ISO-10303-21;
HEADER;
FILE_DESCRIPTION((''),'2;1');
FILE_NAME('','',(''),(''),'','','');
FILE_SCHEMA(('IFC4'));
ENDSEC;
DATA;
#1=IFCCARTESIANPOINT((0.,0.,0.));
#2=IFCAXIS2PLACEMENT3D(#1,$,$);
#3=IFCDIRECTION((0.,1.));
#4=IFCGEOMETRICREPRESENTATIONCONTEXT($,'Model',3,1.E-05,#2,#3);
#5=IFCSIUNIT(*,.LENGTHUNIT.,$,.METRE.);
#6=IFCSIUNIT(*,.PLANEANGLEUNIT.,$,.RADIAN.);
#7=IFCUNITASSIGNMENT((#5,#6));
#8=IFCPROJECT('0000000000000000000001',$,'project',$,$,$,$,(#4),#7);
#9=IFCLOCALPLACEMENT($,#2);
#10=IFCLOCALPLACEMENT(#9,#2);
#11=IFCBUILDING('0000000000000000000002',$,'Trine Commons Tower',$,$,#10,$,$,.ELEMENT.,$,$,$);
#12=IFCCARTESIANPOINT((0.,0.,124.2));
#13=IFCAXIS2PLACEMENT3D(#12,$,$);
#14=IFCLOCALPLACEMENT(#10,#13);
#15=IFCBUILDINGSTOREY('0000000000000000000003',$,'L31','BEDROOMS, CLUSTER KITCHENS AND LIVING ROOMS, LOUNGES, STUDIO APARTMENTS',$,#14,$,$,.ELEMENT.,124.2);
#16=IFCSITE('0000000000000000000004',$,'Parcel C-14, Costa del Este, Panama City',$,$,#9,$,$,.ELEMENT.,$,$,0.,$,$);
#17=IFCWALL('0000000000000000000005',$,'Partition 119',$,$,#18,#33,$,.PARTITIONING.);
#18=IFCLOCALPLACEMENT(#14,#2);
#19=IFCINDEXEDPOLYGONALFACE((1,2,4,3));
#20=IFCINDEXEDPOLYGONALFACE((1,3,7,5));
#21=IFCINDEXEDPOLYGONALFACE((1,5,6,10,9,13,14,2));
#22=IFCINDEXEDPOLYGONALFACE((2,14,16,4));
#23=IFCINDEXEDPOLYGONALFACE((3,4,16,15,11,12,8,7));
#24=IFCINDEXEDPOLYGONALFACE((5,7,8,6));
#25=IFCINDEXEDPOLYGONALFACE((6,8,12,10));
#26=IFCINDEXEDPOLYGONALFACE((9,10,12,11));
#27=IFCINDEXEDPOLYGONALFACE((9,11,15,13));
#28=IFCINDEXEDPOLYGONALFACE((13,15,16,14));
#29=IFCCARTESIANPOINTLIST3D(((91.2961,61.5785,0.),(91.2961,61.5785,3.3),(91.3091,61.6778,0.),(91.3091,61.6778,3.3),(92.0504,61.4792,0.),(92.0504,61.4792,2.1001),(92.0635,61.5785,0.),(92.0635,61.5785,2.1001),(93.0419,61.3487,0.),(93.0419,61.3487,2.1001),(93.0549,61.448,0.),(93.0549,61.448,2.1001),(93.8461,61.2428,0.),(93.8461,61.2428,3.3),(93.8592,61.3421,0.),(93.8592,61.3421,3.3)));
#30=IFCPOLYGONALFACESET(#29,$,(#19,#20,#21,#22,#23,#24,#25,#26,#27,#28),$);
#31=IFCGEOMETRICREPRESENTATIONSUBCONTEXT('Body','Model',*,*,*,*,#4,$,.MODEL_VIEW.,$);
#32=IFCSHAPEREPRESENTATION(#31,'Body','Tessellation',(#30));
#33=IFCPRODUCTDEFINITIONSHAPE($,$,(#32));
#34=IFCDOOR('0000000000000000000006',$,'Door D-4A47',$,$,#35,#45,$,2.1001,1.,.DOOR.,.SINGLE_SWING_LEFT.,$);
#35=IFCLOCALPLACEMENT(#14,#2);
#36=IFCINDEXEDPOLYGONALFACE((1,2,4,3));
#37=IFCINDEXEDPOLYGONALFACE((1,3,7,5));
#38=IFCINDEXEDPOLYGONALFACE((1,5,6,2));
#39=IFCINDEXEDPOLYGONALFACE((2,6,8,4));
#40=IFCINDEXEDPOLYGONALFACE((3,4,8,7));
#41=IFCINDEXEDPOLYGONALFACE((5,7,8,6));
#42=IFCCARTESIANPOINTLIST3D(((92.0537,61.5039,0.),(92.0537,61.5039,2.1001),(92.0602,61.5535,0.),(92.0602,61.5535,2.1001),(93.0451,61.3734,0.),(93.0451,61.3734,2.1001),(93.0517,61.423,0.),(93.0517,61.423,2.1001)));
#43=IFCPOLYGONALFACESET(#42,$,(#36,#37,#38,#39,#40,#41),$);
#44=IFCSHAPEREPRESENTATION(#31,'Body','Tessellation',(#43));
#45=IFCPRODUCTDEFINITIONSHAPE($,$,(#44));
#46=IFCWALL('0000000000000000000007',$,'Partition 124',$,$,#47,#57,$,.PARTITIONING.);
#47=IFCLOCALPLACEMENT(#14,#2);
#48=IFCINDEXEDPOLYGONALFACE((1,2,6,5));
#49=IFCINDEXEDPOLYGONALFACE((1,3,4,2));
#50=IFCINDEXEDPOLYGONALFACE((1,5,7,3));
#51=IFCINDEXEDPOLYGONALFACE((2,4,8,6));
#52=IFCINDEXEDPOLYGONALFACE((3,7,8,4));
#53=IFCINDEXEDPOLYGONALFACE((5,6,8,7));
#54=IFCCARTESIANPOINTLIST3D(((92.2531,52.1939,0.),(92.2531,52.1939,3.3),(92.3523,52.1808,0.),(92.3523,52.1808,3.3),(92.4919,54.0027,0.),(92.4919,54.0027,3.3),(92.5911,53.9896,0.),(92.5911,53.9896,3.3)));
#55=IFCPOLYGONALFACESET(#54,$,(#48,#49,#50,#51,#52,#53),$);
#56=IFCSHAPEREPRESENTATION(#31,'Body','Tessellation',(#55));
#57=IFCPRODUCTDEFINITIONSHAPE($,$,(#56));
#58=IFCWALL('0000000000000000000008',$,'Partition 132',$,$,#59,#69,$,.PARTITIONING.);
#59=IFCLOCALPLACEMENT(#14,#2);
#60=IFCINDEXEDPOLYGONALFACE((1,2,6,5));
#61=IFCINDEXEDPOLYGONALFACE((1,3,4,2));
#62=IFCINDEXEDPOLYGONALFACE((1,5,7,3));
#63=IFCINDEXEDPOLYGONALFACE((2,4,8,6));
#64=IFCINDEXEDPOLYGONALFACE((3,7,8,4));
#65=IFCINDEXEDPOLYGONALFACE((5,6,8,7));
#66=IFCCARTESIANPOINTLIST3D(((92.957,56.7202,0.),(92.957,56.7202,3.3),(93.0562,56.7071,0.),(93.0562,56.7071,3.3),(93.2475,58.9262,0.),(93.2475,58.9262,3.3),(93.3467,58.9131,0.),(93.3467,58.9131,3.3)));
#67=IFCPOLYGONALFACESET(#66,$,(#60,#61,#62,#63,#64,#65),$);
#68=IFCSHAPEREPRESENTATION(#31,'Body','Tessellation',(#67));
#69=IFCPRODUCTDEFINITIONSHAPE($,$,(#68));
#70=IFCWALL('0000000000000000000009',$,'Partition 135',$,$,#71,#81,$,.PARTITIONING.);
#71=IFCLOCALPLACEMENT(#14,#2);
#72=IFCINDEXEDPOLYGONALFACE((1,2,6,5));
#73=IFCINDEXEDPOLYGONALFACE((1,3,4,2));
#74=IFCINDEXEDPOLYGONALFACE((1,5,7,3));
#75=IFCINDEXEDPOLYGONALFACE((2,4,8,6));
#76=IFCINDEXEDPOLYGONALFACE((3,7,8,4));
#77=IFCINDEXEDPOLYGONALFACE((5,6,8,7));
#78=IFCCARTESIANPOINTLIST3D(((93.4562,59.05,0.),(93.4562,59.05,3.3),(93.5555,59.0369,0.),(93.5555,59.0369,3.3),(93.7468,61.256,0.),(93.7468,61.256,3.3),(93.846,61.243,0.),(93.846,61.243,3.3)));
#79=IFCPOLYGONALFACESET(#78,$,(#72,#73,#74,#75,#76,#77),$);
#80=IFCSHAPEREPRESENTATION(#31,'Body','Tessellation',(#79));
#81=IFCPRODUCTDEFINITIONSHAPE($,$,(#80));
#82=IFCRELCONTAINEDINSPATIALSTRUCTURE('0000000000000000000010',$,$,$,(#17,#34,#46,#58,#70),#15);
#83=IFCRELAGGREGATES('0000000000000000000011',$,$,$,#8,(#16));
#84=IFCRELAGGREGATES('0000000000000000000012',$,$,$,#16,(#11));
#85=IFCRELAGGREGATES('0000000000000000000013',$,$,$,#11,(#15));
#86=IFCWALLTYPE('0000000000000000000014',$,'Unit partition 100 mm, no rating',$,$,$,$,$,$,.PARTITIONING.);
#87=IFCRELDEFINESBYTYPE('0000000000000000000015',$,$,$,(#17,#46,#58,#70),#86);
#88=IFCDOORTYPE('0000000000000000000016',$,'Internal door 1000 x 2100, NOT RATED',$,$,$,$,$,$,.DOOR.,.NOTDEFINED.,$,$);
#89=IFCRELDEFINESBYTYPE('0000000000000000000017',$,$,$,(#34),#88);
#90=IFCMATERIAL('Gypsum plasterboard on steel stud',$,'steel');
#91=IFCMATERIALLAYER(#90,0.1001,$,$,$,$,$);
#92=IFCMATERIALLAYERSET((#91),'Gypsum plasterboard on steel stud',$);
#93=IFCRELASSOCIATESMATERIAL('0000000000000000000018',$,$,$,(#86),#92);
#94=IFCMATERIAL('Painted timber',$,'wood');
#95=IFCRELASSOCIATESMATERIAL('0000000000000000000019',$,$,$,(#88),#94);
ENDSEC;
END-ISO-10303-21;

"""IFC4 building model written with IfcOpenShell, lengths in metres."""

from ifc_helpers import new_model, si_unit, direction, frame, frame_2d, origin, place, context, subcontext, project, spatial, rectangle, extrude, material, layer, layer_set, type_object, element, fill, save


model = new_model("IFC4")

# Units and contexts
model_context = context("Model", 3, precision=1e-05, world=origin(), true_north=direction((0.0, 1.0)))
body_context = subcontext(model_context, "Body", "Model", "MODEL_VIEW")
ifc_project = project(units=[si_unit("LENGTHUNIT", "METRE"), si_unit("PLANEANGLEUNIT", "RADIAN")], contexts=[model_context])

# Site, building, storey
site_placement = place(None, origin())
site = spatial("IfcSite", under=ifc_project, at=site_placement, Name="Parcel C-14, Costa del Este, Panama City", CompositionType="ELEMENT", RefElevation=0.0)
building_placement = place(site_placement, origin())
building = spatial("IfcBuilding", under=site, at=building_placement, Name="Trine Commons Tower", CompositionType="ELEMENT")
storey_placement = place(building_placement, frame((0.0, 0.0, 124.2)))
storey = spatial("IfcBuildingStorey", under=building, at=storey_placement, Name="L31", Description="BEDROOMS, CLUSTER KITCHENS AND LIVING ROOMS, LOUNGES, STUDIO APARTMENTS", CompositionType="ELEMENT", Elevation=124.2)

# Shared definitions
ifc_material_1 = material(Name="Gypsum plasterboard on steel stud", Category="steel")

# Wall, opening, door
ifc_layer_1 = layer(ifc_material_1, 0.1001)
ifc_layer_set_1 = layer_set([ifc_layer_1], Name="Gypsum plasterboard on steel stud")
wall_type_1 = type_object("IfcWallType", Name="Unit partition 100 mm, no rating", PredefinedType="PARTITIONING", material=ifc_layer_set_1)
ifc_material_2 = material(Name="Painted timber", Category="wood")
door_type_1 = type_object("IfcDoorType", Name="Internal door 1000 x 2100, NOT RATED", OperationType="NOTDEFINED", PredefinedType="DOOR", material=ifc_material_2)
wall_1_placement = place(storey_placement, frame((91.3025, 61.6282, 0.0), z_axis=(0.0, 0.0, 1.0), x_axis=(0.991446, -0.130516, 0.0)))
wall_1 = element("IfcWall", 1, at=wall_1_placement, inside=storey, type_object=wall_type_1, Name="Partition 119", PredefinedType="PARTITIONING", context=body_context, shape_type="SweptSolid", body=[
    extrude(rectangle(XDim=2.572, YDim=0.1001, at=frame_2d((1.2861, 0.0))), origin(), (0.0, 0.0, 1.0), 3.3),
])
opening_1_placement = place(wall_1_placement, frame((0.761, 0.0, 0.0)))
opening_1 = element("IfcOpeningElement", 2, at=opening_1_placement, cuts=wall_1, PredefinedType="OPENING", context=body_context, shape_type="SweptSolid", body=[
    extrude(rectangle(XDim=1.0, YDim=2.1001, at=frame_2d((0.5, 1.05))), frame((0.0, 0.0601, 0.0), z_axis=(0.0, -1.0, 0.0), x_axis=(1.0, 0.0, 0.0)), (0.0, 0.0, 1.0), 0.1201),
])
door_1_placement = place(opening_1_placement, origin())
door_1 = element("IfcDoor", 3, at=door_1_placement, inside=storey, type_object=door_type_1, Name="Door D-4A47", OperationType="SINGLE_SWING_LEFT", OverallHeight=2.1001, OverallWidth=1.0, PredefinedType="DOOR", context=body_context, shape_type="SweptSolid", body=[
    extrude(rectangle(XDim=1.0, YDim=2.1001, at=frame_2d((0.5, 1.05))), frame((0.0, 0.0249, 0.0), z_axis=(0.0, -1.0, 0.0), x_axis=(1.0, 0.0, 0.0)), (0.0, 0.0, 1.0), 0.05),
])
fill(opening_1, door_1)

# Walls
wall_2_placement = place(storey_placement, frame((92.3027, 52.1875, 0.0), z_axis=(0.0, 0.0, 1.0), x_axis=(0.130866, 0.9914, 0.0)))
element("IfcWall", 4, at=wall_2_placement, inside=storey, type_object=wall_type_1, Name="Partition 124", PredefinedType="PARTITIONING", context=body_context, shape_type="SweptSolid", body=[
    extrude(rectangle(XDim=1.8245, YDim=0.1001, at=frame_2d((0.9121, 0.0))), origin(), (0.0, 0.0, 1.0), 3.3),
])
for number, where, z_axis, x_axis, name in (
    (5, (93.0066, 56.7136, 0.0), (0.0, 0.0, 1.0), (0.130568, 0.991439, 0.0), "Partition 132"),
    (6, (93.5059, 59.0435, 0.0), (0.0, 0.0, 1.0), (0.130568, 0.991439, 0.0), "Partition 135"),
):
    element("IfcWall", number, at=place(storey_placement, frame(where, z_axis=z_axis, x_axis=x_axis)), inside=storey, type_object=wall_type_1, Name=name, PredefinedType="PARTITIONING", context=body_context, shape_type="SweptSolid", body=[
        extrude(rectangle(XDim=2.2251, YDim=0.1001, at=frame_2d((1.1125, 0.0))), origin(), (0.0, 0.0, 1.0), 3.3),
    ])

save(model, "model.ifc")
